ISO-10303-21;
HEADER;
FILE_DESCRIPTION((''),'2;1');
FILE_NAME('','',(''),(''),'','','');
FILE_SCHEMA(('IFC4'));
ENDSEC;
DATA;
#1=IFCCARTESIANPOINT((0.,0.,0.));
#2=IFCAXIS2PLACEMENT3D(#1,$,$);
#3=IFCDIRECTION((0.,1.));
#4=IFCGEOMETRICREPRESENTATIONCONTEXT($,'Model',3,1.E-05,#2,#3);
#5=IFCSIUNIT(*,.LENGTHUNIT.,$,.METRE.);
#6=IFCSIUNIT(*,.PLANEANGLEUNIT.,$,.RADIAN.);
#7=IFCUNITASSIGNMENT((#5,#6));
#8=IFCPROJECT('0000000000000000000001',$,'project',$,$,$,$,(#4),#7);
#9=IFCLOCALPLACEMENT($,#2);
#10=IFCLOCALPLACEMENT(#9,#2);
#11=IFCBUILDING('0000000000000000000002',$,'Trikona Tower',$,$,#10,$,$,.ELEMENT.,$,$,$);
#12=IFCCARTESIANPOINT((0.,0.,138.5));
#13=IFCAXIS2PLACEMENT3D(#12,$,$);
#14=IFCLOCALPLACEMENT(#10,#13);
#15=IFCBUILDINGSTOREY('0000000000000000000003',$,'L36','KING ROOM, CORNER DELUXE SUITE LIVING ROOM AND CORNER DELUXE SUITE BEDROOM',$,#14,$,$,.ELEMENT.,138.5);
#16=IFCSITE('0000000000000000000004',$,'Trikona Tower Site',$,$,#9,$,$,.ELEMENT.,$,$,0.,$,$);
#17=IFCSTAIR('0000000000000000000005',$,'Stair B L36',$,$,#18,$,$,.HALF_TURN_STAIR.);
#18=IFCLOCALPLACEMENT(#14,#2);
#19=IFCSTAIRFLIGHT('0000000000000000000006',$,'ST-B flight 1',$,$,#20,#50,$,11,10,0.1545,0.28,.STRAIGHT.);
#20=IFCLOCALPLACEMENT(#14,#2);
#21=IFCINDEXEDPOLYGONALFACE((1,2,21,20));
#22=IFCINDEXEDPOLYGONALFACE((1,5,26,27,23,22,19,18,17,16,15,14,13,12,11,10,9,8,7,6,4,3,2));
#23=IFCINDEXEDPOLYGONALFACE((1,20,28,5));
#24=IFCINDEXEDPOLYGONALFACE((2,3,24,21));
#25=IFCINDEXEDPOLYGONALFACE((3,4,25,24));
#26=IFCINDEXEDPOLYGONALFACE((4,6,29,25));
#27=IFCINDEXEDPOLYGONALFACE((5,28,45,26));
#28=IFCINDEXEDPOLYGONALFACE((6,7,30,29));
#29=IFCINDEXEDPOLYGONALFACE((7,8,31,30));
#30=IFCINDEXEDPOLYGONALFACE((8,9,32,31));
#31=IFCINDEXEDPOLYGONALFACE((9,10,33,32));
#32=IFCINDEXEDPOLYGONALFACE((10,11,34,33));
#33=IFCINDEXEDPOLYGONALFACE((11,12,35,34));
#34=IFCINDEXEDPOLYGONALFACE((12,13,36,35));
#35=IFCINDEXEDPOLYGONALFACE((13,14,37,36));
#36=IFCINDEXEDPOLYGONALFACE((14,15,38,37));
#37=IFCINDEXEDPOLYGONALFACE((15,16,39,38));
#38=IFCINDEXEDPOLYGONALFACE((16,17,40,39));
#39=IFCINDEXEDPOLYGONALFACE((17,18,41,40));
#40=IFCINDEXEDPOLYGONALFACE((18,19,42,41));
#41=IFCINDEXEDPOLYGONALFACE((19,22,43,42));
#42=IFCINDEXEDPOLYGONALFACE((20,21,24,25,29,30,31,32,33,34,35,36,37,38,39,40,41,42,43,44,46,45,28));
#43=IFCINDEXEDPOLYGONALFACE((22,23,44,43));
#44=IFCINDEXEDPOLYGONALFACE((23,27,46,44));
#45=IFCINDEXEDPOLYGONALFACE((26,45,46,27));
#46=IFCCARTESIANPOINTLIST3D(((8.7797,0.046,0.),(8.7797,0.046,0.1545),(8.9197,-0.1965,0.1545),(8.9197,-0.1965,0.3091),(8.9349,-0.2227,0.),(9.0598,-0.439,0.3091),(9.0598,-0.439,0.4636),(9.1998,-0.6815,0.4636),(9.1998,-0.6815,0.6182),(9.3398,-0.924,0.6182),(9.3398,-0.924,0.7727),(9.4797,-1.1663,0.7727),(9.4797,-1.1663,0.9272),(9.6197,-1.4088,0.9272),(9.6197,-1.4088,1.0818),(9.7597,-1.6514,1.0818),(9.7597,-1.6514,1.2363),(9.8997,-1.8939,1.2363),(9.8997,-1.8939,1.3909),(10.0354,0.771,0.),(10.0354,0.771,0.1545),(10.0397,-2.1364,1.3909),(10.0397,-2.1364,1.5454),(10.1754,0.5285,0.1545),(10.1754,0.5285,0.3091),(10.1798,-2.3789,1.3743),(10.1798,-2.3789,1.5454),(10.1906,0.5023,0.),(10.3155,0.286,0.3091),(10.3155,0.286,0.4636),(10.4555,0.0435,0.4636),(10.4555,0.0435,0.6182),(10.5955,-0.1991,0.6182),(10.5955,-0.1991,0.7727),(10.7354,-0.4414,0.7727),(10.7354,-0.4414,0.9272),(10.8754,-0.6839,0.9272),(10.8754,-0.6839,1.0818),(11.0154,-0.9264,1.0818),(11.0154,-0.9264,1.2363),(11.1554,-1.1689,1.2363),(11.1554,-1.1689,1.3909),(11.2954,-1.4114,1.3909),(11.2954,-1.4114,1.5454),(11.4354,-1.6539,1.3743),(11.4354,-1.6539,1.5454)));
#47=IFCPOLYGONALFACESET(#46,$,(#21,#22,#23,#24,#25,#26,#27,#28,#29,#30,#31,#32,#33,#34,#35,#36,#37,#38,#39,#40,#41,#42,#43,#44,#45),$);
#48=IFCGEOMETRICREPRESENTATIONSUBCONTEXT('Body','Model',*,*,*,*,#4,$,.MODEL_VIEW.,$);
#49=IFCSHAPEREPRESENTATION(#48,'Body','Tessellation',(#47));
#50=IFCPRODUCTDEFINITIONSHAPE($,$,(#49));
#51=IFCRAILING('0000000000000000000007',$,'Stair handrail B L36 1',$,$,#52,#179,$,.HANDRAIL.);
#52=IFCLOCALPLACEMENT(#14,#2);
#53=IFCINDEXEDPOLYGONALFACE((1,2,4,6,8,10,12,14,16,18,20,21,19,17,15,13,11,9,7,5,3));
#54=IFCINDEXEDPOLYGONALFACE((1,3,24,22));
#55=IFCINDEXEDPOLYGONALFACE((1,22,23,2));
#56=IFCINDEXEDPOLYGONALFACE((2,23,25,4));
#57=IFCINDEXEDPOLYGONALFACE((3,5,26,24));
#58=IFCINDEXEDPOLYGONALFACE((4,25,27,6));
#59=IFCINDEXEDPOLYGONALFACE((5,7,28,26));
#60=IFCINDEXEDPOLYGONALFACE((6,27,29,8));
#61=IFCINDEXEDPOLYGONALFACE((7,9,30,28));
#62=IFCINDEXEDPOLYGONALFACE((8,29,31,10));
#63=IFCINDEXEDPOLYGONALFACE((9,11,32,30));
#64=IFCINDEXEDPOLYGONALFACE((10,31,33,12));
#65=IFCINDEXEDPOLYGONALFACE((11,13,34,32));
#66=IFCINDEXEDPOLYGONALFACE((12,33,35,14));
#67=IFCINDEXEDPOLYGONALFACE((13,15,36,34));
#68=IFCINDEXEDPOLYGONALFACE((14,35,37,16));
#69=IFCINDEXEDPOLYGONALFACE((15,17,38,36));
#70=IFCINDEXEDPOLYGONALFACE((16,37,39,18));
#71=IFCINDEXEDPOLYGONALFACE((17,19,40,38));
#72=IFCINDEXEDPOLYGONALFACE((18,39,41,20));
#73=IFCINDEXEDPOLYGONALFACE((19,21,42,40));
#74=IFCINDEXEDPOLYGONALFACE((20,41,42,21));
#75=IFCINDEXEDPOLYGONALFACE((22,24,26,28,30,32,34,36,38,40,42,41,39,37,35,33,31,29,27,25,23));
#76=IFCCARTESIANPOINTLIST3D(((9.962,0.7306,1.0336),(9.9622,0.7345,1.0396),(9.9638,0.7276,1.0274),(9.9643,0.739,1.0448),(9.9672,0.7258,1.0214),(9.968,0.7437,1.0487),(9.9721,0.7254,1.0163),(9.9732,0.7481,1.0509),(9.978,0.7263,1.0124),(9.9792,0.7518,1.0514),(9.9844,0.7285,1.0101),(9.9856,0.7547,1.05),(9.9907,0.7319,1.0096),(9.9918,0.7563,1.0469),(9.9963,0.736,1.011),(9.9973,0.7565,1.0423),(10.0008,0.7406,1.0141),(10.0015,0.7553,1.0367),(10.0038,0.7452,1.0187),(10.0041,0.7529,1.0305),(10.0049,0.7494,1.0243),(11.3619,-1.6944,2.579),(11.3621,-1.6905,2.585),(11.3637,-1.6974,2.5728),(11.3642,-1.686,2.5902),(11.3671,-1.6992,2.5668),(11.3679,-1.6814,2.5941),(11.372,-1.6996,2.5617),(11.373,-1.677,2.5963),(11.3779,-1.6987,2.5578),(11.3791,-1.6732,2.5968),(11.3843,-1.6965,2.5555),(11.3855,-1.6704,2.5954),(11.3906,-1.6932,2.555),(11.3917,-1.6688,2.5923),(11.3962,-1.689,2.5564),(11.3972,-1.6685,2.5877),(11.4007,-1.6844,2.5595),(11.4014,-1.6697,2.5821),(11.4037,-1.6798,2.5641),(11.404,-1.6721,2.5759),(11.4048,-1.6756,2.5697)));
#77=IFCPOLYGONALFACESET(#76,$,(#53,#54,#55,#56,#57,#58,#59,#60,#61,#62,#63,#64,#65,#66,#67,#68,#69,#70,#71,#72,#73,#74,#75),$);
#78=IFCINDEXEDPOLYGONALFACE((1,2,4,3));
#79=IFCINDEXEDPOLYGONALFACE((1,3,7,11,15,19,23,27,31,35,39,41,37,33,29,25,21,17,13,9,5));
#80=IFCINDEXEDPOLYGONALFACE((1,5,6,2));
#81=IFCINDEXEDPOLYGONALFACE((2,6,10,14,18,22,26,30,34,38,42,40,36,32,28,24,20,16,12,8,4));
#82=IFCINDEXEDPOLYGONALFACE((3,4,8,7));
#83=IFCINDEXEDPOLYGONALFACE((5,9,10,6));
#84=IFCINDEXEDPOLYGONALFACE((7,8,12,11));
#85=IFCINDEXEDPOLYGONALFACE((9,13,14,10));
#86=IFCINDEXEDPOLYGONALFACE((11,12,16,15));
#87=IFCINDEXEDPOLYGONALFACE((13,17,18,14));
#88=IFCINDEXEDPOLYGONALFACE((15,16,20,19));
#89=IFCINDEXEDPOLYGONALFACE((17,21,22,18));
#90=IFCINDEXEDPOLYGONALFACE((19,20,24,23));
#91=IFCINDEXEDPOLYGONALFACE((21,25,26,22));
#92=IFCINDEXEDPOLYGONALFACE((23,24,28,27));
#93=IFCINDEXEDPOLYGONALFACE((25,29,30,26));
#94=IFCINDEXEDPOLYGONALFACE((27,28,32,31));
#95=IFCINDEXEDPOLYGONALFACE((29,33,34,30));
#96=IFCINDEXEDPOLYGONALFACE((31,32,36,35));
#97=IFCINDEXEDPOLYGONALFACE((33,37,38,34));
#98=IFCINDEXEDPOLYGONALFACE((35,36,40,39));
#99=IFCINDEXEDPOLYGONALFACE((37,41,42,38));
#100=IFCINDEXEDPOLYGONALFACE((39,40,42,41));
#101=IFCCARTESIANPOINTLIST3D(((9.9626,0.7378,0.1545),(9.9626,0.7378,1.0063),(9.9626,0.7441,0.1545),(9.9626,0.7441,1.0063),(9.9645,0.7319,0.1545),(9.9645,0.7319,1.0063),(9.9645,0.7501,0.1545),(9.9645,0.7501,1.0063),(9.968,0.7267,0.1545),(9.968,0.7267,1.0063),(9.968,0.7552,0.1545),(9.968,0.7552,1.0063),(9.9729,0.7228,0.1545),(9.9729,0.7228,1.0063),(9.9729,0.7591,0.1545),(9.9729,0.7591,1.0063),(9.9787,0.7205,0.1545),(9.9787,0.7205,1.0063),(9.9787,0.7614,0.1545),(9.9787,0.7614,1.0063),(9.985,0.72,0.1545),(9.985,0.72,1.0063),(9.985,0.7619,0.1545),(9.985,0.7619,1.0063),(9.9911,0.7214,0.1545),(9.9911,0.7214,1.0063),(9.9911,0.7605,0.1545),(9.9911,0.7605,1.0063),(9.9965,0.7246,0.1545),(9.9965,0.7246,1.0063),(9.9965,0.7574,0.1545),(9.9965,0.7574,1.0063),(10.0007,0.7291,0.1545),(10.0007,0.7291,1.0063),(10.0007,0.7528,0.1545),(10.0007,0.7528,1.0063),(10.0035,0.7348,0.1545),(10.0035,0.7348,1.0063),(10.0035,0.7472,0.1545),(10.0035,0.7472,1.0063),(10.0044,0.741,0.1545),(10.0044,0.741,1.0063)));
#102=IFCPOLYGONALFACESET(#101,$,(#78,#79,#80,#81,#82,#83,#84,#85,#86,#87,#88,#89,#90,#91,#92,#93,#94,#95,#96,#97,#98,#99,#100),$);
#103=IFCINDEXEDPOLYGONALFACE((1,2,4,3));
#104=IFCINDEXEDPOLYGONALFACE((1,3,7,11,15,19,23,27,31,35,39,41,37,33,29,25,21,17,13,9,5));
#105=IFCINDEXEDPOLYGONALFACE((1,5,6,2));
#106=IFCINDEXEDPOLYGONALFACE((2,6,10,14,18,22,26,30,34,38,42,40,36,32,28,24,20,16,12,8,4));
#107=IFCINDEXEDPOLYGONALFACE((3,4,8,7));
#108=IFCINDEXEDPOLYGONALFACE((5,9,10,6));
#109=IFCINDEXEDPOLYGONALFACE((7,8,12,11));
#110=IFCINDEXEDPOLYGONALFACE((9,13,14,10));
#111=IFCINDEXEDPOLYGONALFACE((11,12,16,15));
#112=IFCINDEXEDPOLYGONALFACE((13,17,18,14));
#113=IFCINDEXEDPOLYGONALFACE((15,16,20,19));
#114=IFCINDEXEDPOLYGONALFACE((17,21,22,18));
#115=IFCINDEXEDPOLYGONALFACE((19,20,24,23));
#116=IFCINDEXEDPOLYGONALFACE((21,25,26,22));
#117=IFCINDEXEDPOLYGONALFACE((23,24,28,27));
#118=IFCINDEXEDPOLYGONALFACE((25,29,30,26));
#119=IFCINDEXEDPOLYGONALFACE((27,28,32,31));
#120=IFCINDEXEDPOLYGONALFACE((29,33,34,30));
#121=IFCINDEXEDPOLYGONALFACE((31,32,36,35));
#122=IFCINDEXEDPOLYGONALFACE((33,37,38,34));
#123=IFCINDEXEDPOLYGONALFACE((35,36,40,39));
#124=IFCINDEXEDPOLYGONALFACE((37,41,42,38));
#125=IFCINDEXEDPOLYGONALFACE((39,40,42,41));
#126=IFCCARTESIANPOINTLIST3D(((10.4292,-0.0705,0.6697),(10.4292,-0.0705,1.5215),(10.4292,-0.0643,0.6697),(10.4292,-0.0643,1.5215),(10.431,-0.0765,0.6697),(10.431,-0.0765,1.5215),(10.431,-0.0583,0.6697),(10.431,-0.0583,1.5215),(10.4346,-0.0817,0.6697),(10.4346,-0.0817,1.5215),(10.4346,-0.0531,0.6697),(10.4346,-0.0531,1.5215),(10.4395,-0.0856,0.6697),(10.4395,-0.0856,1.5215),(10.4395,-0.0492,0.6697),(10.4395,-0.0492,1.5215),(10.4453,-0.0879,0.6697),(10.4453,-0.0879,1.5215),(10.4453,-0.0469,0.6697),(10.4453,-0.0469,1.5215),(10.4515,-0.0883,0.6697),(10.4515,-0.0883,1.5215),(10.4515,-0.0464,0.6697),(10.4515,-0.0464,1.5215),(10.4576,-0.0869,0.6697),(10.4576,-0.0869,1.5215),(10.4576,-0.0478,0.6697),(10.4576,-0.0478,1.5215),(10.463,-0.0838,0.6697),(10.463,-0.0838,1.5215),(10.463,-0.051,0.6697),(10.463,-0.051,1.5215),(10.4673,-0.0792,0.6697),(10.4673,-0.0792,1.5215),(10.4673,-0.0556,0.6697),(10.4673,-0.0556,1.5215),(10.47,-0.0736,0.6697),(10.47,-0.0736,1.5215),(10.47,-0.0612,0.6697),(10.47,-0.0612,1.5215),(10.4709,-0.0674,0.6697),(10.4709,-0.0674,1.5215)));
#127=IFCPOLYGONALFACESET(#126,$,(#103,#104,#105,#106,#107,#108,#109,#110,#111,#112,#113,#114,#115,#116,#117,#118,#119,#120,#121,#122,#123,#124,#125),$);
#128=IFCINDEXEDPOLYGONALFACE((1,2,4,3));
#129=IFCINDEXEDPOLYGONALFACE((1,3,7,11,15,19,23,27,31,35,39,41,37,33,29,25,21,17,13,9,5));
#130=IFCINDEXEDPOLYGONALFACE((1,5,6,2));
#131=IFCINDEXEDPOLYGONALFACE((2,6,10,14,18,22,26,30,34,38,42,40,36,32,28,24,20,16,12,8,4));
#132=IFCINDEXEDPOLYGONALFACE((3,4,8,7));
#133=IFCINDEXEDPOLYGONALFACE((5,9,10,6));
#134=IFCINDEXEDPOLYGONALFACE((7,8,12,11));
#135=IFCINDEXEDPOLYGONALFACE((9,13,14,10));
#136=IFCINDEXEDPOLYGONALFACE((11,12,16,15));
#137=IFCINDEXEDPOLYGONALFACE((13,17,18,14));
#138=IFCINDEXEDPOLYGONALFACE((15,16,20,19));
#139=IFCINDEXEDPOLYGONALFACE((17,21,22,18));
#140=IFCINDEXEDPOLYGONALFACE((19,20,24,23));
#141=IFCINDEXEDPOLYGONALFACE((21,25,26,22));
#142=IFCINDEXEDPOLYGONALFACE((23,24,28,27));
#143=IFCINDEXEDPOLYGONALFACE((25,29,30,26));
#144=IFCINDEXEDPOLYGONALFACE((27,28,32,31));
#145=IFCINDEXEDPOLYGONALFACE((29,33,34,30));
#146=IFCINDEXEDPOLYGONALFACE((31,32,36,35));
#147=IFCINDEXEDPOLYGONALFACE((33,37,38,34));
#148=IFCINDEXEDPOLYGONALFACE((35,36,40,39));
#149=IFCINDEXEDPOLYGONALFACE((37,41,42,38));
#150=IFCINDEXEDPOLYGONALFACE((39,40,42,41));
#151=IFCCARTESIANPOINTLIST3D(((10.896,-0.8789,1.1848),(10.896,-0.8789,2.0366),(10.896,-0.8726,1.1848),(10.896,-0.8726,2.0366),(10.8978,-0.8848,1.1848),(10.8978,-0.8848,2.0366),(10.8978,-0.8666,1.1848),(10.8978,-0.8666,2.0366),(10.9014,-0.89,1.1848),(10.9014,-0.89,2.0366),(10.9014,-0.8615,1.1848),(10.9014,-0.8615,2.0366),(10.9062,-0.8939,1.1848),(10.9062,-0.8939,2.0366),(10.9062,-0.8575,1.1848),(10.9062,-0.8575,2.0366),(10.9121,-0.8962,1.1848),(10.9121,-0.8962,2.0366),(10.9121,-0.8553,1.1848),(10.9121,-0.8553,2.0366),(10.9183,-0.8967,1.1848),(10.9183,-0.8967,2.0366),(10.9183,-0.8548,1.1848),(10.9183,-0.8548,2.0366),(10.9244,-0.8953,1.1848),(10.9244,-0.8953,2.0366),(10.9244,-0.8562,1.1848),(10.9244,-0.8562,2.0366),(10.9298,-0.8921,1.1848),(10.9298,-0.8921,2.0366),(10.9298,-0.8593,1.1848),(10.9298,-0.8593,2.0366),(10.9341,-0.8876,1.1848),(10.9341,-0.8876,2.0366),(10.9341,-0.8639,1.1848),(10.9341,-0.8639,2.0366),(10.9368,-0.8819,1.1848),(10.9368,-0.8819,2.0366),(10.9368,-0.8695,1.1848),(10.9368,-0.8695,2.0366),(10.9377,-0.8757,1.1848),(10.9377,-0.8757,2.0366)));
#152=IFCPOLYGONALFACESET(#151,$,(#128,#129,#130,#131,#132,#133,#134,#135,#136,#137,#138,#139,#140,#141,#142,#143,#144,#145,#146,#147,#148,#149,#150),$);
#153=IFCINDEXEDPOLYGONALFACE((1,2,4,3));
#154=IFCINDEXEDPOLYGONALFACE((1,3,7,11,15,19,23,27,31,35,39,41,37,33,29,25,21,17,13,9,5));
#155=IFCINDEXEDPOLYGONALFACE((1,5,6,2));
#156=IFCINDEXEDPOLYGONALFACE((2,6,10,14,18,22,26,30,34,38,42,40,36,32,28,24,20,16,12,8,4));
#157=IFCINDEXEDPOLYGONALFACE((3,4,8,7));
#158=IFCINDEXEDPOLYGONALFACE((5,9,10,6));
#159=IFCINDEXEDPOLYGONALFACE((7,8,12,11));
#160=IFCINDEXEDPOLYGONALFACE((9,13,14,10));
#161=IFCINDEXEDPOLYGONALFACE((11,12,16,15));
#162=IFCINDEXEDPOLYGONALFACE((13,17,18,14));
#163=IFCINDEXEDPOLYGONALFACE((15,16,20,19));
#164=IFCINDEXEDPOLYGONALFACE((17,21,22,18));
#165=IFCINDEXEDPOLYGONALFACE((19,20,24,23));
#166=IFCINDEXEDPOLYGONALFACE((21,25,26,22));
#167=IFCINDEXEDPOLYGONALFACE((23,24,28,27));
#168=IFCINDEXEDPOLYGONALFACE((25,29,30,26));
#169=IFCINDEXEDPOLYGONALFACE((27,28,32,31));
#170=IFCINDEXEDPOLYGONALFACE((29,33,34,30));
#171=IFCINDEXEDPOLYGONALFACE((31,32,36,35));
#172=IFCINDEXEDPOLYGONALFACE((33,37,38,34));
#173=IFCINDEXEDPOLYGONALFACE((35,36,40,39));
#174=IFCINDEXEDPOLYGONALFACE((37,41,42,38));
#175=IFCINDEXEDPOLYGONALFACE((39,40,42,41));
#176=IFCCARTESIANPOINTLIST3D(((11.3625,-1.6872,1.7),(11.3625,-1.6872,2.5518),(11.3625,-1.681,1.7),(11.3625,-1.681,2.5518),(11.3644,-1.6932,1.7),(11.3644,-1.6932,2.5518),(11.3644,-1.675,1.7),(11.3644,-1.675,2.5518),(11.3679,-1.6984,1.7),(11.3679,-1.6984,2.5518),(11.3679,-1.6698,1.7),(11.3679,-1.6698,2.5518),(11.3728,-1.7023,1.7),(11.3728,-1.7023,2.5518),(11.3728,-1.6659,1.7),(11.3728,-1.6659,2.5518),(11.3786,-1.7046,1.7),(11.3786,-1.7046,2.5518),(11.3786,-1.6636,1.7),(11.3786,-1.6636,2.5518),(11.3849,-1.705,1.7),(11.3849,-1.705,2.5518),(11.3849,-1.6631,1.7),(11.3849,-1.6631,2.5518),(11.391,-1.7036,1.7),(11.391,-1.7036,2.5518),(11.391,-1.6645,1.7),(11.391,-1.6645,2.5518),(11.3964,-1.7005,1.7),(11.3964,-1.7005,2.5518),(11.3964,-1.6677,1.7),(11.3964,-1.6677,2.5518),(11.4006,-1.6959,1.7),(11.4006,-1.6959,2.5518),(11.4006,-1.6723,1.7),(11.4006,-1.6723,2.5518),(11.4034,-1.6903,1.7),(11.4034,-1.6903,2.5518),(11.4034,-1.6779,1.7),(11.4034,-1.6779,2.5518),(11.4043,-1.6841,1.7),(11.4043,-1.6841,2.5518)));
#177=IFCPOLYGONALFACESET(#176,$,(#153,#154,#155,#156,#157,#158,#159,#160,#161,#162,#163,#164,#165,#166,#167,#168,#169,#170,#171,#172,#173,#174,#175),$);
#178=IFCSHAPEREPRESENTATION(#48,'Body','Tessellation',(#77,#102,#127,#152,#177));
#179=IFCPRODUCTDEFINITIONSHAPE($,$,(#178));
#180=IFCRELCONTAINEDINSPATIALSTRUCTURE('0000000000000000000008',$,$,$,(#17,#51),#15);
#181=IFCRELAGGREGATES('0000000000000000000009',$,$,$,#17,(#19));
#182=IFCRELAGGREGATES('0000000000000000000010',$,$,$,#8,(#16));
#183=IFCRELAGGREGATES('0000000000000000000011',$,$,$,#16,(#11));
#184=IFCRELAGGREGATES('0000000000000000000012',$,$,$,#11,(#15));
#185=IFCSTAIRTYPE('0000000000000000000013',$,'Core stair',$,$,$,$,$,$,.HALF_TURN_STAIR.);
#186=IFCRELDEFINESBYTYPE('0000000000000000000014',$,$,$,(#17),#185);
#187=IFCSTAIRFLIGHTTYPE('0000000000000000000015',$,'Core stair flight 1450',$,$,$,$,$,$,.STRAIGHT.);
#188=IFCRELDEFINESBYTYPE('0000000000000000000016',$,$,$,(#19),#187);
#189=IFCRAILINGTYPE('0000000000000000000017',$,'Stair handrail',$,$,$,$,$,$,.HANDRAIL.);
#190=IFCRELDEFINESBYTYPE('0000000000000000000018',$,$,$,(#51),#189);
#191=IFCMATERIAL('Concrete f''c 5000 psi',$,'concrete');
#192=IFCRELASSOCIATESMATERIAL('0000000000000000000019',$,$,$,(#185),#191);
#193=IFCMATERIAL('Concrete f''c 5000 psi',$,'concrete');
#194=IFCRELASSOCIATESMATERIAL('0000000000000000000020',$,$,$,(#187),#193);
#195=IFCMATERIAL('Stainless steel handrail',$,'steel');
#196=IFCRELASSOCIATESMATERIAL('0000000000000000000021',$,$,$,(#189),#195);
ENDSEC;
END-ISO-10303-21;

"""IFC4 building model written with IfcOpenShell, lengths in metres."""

from ifc_helpers import new_model, si_unit, direction, frame, origin, origin_2d, place, context, subcontext, project, spatial, polyline, circle, outline, extrude, material, type_object, element, aggregate, save


model = new_model("IFC4")

# Units and contexts
model_context = context("Model", 3, precision=1e-05, world=origin(), true_north=direction((0.0, 1.0)))
body_context = subcontext(model_context, "Body", "Model", "MODEL_VIEW")
ifc_project = project(units=[si_unit("LENGTHUNIT", "METRE"), si_unit("PLANEANGLEUNIT", "RADIAN")], contexts=[model_context])

# Site, building, storey
site_placement = place(None, origin())
site = spatial("IfcSite", under=ifc_project, at=site_placement, Name="Trikona Tower Site", CompositionType="ELEMENT", RefElevation=0.0)
building_placement = place(site_placement, origin())
building = spatial("IfcBuilding", under=site, at=building_placement, Name="Trikona Tower", CompositionType="ELEMENT")
storey_placement = place(building_placement, frame((0.0, 0.0, 138.5)))
storey = spatial("IfcBuildingStorey", under=building, at=storey_placement, Name="L36", Description="KING ROOM, CORNER DELUXE SUITE LIVING ROOM AND CORNER DELUXE SUITE BEDROOM", CompositionType="ELEMENT", Elevation=138.5)

# Stair
ifc_material_1 = material(Name="Concrete f'c 5000 psi", Category="concrete")
stair_type = type_object("IfcStairType", Name="Core stair", PredefinedType="HALF_TURN_STAIR", material=ifc_material_1)
stair_1_placement = place(storey_placement, origin())
stair_1 = element("IfcStair", 1, at=stair_1_placement, inside=storey, type_object=stair_type, Name="Stair B L36", PredefinedType="HALF_TURN_STAIR")

# Stair flight
ifc_material_2 = material(Name="Concrete f'c 5000 psi", Category="concrete")
stair_flight_type = type_object("IfcStairFlightType", Name="Core stair flight 1450", PredefinedType="STRAIGHT", material=ifc_material_2)
stair_flight_placement = place(storey_placement, frame((9.4075, 0.4084, 0.0), z_axis=(0.0, 0.0, 1.0), x_axis=(0.5, -0.866025, 0.0)))
stair_flight = element("IfcStairFlight", 2, at=stair_flight_placement, type_object=stair_flight_type, Name="ST-B flight 1", NumberOfRisers=11, NumberOfTreads=10, PredefinedType="STRAIGHT", RiserHeight=0.1545, TreadLength=0.28, context=body_context, shape_type="SweptSolid", body=[
    extrude(outline(polyline([(0.0, 0.0), (0.0, 0.1545), (0.28, 0.1545), (0.28, 0.3091), (0.5601, 0.3091), (0.5601, 0.4636), (0.8401, 0.4636), (0.8401, 0.6182), (1.1201, 0.6182), (1.1201, 0.7727), (1.3999, 0.7727), (1.3999, 0.9272), (1.6799, 0.9272), (1.6799, 1.0818), (1.96, 1.0818), (1.96, 1.2363), (2.24, 1.2363), (2.24, 1.3909), (2.52, 1.3909), (2.52, 1.5454), (2.8, 1.5454), (2.8, 1.7), (2.8, 1.3743), (0.3103, 0.0), (0.0, 0.0)])), frame((0.0, 0.7251, 0.0), z_axis=(0.0, -1.0, 0.0), x_axis=(1.0, 0.0, 0.0)), (0.0, 0.0, 1.0), 1.45),
])
aggregate(stair_1, [stair_flight])

# Railing
ifc_material_3 = material(Name="Stainless steel handrail", Category="steel")
railing_type = type_object("IfcRailingType", Name="Stair handrail", PredefinedType="HANDRAIL", material=ifc_material_3)
railing_placement = place(storey_placement, frame((9.9834, 0.741, 0.1545)))
element("IfcRailing", 3, at=railing_placement, inside=storey, type_object=railing_type, Name="Stair handrail B L36 1", PredefinedType="HANDRAIL", context=body_context, shape_type="SweptSolid", body=[
    extrude(circle(Radius=0.0239, at=origin_2d()), frame((0.0, 0.0, 0.876), z_axis=(0.437707, -0.75824, 0.483203), x_axis=(0.866056, 0.499946, 0.0)), (0.0, 0.0, 1.0), 3.1982),
    extrude(circle(Radius=0.021, at=origin_2d()), origin(), (0.0, 0.0, 1.0), 0.8518),
    extrude(circle(Radius=0.021, at=origin_2d()), frame((0.4666, -0.8083, 0.5151)), (0.0, 0.0, 1.0), 0.8518),
    extrude(circle(Radius=0.021, at=origin_2d()), frame((0.9333, -1.6167, 1.0303)), (0.0, 0.0, 1.0), 0.8518),
    extrude(circle(Radius=0.021, at=origin_2d()), frame((1.3999, -2.425, 1.5454)), (0.0, 0.0, 1.0), 0.8518),
])

save(model, "model.ifc")
